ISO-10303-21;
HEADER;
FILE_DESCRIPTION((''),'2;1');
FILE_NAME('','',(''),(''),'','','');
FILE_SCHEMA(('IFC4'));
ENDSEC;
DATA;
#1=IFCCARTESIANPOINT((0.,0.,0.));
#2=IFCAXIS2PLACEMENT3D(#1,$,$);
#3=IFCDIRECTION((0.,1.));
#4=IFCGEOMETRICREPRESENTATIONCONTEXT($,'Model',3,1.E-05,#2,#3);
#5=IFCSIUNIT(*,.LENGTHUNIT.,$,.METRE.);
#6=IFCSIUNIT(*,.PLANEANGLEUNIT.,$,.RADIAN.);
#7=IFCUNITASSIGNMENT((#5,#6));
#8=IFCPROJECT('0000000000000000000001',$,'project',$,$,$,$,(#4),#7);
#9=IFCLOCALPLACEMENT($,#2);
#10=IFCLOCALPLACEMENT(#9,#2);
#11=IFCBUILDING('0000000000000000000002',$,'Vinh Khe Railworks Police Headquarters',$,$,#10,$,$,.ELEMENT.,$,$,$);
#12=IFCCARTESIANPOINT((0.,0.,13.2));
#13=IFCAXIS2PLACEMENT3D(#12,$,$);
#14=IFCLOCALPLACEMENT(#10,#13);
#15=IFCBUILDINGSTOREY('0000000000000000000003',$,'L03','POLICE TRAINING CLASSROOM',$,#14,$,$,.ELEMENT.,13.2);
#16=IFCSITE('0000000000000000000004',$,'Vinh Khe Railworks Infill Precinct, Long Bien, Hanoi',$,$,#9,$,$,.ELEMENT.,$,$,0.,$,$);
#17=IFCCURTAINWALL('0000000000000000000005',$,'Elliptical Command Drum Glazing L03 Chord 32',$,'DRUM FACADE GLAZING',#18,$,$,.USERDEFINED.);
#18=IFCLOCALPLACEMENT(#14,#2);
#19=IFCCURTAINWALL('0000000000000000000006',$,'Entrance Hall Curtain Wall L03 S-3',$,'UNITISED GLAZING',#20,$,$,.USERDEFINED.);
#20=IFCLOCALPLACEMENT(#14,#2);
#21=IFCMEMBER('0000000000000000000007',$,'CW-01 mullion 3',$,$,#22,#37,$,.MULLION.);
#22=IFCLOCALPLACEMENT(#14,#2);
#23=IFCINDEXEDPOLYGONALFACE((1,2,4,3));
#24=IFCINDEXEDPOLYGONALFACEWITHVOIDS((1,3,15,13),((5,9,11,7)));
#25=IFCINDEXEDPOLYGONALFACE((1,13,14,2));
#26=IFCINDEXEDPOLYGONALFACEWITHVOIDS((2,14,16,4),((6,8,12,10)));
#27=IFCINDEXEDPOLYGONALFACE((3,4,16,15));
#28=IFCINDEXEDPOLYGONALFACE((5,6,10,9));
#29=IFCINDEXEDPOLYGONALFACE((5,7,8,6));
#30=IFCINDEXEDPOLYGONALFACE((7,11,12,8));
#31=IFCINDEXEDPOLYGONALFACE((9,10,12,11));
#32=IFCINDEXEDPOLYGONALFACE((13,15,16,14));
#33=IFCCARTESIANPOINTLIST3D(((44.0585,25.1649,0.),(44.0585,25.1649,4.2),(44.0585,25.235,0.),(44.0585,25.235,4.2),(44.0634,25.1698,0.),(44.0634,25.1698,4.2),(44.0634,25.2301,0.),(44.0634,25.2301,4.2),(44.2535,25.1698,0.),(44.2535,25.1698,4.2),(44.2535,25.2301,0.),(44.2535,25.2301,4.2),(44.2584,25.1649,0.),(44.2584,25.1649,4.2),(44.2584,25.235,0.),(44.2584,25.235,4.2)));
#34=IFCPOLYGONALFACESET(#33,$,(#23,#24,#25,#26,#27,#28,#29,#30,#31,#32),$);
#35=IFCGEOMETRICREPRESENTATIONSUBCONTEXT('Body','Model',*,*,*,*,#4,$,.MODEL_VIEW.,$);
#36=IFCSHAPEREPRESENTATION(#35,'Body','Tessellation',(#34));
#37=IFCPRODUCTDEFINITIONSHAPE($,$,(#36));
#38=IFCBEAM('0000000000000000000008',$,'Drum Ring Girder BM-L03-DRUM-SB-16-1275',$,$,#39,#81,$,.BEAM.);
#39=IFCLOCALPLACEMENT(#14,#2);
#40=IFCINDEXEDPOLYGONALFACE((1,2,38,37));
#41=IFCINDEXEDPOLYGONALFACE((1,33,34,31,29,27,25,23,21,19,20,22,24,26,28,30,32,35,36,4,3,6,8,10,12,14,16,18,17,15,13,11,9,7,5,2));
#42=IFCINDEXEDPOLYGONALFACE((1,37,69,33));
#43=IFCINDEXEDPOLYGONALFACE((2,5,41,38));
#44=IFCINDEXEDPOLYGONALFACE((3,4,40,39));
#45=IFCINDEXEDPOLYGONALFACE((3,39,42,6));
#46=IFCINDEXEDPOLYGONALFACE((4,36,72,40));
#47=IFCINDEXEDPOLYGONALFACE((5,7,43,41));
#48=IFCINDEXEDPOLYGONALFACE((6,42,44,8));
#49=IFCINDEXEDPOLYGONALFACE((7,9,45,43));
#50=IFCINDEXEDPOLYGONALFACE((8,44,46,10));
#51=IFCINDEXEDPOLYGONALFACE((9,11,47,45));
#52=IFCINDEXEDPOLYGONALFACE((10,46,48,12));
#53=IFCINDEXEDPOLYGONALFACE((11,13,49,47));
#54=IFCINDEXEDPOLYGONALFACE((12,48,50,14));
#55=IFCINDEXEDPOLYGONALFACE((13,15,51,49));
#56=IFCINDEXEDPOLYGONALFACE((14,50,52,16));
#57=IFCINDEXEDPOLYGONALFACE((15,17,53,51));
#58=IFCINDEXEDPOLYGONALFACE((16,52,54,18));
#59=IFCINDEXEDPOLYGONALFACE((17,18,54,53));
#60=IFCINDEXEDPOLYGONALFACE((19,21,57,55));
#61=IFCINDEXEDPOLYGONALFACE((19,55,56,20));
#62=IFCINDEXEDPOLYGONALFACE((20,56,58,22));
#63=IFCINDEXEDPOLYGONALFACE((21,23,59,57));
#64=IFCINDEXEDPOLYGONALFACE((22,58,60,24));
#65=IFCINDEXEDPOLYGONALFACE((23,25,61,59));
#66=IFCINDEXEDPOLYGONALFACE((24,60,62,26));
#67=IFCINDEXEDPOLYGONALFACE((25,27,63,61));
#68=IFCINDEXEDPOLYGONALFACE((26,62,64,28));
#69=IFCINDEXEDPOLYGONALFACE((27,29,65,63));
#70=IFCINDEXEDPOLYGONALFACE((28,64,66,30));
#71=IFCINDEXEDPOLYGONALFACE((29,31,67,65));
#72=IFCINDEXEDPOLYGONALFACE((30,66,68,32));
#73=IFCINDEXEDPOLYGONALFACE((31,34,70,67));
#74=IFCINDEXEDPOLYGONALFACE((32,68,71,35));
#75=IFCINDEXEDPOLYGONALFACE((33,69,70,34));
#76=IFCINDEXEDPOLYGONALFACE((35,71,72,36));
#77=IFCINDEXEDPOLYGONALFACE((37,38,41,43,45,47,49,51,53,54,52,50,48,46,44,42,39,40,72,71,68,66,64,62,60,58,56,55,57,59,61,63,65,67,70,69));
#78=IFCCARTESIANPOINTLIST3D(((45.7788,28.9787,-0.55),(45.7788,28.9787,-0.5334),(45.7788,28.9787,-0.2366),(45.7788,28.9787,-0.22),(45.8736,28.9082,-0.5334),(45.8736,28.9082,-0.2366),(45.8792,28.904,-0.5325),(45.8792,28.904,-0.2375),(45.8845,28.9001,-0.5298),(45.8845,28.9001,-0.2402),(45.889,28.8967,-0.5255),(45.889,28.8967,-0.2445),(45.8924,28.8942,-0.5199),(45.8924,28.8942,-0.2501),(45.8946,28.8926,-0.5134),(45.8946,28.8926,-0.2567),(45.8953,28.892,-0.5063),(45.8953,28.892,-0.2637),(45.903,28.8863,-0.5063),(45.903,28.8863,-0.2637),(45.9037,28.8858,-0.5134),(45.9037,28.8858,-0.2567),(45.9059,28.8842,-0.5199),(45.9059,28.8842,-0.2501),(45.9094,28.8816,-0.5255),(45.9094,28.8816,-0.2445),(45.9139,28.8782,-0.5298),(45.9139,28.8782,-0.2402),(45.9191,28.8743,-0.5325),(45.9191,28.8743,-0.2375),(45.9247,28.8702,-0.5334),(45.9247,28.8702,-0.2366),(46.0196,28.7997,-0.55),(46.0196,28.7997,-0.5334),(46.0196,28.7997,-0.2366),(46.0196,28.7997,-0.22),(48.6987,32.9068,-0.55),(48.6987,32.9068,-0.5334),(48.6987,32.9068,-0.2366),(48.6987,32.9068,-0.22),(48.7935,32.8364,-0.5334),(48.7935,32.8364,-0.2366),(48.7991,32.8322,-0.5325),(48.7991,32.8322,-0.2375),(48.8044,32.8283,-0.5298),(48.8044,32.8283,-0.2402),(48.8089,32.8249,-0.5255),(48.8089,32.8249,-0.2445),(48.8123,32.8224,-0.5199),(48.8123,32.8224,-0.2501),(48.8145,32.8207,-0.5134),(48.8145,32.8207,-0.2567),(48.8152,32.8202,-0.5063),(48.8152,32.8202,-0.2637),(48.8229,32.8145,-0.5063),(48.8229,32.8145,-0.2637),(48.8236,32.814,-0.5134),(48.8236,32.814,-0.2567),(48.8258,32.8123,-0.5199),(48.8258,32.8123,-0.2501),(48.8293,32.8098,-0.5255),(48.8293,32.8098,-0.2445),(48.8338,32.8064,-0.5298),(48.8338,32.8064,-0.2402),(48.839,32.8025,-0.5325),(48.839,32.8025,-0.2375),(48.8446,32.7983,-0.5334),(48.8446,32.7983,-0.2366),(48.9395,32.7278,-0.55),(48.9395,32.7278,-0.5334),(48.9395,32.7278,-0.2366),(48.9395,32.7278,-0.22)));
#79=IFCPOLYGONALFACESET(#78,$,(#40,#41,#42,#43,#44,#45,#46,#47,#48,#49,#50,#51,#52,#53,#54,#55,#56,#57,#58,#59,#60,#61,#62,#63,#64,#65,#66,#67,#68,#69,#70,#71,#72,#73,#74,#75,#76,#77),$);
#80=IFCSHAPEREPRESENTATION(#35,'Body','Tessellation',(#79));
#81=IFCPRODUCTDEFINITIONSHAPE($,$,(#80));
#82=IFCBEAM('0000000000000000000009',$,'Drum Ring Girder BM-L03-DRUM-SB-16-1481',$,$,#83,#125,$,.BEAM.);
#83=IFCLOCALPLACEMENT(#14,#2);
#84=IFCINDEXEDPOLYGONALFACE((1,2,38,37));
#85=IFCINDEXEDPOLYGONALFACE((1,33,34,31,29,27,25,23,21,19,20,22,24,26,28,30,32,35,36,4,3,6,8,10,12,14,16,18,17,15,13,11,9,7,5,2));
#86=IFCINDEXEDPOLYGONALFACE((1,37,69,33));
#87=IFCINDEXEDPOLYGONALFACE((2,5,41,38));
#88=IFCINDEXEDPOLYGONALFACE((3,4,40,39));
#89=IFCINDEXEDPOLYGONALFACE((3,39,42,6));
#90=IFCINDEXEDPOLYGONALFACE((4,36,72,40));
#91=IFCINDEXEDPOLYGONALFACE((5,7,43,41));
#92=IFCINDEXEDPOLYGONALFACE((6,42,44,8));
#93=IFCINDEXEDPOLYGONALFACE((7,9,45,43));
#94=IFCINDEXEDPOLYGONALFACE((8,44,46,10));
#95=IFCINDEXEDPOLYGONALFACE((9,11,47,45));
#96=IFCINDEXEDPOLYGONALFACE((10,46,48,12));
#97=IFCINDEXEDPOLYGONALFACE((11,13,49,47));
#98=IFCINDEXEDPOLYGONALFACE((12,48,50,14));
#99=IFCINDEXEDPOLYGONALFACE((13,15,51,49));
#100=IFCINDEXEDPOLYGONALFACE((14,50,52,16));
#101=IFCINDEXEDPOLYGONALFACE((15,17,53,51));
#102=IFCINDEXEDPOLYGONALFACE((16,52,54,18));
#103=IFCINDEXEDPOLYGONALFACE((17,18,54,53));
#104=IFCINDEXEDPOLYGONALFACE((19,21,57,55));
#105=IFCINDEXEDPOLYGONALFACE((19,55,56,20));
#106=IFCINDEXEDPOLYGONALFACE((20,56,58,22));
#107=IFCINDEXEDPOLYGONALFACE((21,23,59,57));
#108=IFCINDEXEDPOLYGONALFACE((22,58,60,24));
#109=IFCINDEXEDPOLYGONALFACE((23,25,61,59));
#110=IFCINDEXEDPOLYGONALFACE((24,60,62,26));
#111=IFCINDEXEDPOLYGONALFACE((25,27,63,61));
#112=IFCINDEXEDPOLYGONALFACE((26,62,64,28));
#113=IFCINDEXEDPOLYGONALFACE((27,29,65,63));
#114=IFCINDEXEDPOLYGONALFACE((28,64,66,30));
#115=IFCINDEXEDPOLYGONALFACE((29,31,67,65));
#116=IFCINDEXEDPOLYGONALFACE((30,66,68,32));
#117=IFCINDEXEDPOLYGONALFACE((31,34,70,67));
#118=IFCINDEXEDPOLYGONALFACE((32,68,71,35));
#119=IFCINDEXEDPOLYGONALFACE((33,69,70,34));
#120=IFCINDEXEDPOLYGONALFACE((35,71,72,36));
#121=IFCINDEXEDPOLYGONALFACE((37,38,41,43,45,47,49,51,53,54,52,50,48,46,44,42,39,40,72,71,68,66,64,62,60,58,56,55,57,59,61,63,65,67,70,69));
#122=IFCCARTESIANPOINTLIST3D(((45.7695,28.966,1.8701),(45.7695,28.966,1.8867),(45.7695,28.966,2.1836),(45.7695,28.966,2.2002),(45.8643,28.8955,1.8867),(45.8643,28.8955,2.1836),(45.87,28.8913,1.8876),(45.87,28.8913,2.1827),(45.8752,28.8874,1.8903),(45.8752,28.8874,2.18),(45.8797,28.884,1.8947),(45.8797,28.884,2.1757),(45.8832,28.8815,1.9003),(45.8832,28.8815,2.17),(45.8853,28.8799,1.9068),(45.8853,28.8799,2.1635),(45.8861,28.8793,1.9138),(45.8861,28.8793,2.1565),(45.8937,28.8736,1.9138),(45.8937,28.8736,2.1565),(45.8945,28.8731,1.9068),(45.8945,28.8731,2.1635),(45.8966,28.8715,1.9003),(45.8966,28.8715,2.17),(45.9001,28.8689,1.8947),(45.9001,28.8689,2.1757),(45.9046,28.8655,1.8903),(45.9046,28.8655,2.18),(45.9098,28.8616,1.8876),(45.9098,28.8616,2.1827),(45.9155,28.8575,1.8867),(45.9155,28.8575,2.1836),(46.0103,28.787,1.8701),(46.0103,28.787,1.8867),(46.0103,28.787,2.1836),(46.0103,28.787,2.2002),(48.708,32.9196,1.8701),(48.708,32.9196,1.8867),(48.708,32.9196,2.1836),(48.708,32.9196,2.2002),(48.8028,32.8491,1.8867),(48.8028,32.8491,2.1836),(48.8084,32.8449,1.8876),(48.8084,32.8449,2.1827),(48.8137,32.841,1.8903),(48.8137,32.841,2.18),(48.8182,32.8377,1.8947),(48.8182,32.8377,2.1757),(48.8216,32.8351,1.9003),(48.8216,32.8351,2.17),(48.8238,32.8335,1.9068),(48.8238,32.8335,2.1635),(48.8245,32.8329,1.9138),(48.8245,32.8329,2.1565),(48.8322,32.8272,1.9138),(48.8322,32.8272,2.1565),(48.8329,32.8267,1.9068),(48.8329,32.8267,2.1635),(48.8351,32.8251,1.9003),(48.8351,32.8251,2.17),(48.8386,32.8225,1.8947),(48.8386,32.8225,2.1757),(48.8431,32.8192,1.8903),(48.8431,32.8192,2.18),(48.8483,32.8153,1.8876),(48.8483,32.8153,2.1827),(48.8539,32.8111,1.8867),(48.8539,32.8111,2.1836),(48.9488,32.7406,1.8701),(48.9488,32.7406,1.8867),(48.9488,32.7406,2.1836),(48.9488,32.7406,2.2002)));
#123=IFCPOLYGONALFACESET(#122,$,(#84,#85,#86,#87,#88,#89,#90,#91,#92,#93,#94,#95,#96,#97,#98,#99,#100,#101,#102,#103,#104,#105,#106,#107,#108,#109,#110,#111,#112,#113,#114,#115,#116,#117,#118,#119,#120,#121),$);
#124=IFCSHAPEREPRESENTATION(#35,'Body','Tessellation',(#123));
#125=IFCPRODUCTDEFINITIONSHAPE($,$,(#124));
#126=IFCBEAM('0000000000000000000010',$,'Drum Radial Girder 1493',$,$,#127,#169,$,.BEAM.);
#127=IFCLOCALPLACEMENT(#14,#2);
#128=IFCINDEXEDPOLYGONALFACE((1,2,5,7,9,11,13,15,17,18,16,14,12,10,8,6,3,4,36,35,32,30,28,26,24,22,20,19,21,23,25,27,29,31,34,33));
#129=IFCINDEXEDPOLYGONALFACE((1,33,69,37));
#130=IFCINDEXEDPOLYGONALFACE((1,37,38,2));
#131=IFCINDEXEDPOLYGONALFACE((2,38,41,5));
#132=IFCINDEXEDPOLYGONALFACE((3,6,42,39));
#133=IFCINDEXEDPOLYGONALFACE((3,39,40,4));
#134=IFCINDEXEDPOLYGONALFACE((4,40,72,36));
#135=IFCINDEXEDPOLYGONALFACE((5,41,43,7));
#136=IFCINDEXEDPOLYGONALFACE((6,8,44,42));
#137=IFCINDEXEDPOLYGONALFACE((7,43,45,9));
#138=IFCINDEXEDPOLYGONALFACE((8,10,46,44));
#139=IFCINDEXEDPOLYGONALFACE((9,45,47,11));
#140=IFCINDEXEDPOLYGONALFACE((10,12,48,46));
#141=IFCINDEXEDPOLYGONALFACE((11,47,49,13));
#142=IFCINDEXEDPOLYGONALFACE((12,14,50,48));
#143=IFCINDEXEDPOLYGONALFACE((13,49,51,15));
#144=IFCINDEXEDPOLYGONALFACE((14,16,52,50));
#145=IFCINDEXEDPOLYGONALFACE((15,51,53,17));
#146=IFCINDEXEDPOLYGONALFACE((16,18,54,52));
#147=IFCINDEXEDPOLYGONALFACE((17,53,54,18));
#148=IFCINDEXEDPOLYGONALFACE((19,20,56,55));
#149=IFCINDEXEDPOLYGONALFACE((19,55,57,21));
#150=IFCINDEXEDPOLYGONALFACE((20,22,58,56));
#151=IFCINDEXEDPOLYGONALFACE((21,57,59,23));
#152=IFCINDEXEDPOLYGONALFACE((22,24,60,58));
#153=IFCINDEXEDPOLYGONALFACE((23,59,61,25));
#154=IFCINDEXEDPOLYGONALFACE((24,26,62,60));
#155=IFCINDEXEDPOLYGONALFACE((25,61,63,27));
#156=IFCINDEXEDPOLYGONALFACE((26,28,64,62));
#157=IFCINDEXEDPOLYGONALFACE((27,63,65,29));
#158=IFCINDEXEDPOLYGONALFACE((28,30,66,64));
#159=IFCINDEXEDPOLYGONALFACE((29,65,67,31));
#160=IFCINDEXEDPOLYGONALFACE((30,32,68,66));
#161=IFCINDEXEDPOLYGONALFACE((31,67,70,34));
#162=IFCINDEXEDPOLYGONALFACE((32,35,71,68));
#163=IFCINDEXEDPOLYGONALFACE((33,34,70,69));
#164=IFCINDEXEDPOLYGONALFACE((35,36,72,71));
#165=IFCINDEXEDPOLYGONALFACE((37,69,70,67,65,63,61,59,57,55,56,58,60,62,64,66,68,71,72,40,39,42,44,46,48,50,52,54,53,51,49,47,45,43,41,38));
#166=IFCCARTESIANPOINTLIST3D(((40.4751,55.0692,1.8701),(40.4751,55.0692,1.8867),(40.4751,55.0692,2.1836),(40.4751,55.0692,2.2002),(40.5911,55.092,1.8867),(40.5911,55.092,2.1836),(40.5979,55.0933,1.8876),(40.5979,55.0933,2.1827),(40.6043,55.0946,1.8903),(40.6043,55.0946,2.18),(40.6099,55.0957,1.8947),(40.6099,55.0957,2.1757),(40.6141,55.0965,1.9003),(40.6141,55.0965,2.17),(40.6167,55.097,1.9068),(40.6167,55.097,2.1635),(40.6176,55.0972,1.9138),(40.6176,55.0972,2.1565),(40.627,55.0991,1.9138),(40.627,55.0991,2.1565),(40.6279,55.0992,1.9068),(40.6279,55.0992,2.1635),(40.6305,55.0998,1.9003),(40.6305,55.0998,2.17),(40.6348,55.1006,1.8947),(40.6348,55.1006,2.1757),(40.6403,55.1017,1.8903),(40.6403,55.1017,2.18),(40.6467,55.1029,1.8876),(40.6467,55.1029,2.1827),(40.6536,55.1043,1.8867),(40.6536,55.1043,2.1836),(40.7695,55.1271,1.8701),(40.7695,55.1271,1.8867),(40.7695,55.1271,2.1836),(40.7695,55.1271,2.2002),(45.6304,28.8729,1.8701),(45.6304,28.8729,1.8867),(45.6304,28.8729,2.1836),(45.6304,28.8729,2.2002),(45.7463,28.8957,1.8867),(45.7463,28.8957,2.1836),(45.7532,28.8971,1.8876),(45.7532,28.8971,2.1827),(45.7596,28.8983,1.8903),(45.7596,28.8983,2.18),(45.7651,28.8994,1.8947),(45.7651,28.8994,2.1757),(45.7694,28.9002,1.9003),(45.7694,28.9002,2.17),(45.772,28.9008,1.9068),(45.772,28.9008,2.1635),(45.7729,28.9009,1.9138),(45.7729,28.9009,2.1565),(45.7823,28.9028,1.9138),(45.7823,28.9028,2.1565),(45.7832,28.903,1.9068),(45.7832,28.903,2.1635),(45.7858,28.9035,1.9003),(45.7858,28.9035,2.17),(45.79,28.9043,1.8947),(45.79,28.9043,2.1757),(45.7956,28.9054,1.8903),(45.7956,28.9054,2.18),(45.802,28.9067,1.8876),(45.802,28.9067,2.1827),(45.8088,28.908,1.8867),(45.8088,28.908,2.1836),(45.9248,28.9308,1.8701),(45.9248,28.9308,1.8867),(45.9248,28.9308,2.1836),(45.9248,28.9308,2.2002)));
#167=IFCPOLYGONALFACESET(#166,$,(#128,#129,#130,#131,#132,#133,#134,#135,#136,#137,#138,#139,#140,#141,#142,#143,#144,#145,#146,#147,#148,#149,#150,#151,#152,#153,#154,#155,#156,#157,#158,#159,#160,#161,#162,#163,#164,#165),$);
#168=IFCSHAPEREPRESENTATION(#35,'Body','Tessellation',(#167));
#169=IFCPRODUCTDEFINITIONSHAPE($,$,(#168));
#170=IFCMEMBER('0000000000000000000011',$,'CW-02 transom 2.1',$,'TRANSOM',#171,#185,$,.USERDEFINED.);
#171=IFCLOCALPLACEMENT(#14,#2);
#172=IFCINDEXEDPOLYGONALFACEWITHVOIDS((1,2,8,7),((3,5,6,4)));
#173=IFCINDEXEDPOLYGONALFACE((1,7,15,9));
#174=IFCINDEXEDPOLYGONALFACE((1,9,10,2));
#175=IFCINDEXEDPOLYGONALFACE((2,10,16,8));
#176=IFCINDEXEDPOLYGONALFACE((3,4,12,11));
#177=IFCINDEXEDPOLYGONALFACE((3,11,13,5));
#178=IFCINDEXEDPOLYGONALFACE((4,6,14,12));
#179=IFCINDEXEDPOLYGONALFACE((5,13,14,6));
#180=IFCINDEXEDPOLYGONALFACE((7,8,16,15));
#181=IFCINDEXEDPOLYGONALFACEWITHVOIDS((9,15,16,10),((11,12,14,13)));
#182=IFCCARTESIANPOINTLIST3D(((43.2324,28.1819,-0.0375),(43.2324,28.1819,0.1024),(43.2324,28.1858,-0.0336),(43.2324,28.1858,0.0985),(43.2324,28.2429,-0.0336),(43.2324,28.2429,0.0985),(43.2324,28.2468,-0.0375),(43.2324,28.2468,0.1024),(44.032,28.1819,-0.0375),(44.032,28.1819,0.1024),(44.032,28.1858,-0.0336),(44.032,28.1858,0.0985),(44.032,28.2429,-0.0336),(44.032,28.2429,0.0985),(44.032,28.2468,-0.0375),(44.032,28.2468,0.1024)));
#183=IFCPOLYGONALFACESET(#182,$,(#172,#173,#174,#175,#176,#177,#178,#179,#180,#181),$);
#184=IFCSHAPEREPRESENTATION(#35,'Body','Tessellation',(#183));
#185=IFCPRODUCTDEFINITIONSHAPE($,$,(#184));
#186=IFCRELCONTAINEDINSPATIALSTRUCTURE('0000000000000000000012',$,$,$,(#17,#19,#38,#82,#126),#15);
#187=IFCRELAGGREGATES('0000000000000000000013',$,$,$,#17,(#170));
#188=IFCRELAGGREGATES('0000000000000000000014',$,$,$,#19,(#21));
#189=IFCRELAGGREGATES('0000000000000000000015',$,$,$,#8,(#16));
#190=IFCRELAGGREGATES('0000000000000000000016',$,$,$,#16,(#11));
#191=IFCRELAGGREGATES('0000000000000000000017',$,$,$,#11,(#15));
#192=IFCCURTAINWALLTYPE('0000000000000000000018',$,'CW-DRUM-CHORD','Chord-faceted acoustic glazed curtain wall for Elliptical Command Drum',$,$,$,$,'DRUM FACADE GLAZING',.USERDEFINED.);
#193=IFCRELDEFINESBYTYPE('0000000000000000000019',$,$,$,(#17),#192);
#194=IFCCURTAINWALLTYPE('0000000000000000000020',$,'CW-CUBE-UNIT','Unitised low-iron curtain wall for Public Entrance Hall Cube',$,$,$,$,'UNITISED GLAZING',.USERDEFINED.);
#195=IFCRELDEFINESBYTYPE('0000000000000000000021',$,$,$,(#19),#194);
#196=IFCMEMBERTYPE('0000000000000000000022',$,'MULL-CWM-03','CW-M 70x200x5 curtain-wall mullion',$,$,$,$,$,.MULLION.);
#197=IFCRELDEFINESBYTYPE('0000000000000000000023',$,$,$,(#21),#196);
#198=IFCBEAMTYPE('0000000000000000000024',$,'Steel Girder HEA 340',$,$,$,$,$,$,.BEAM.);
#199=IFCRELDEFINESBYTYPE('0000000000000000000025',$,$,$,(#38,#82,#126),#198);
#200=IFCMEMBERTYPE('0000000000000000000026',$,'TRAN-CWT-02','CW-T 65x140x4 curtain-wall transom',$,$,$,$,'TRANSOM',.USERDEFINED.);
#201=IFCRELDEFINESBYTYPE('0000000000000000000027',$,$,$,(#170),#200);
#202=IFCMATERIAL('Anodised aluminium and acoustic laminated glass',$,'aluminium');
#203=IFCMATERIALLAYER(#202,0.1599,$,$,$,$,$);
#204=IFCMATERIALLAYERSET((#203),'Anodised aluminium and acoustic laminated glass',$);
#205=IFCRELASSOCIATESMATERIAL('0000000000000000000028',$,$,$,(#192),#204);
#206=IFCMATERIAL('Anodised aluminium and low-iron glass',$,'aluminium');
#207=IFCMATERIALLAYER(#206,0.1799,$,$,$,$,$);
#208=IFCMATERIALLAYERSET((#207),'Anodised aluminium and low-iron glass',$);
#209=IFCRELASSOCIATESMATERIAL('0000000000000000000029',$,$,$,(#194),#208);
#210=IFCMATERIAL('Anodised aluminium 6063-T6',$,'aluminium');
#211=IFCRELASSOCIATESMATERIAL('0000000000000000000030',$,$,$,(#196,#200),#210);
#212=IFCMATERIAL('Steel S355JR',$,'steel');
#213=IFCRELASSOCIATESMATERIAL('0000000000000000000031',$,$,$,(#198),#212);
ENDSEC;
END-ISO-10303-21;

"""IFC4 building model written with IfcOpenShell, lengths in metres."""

from ifc_helpers import new_model, si_unit, direction, frame, origin, origin_2d, place, context, subcontext, project, spatial, hollow_rectangle, i_section, extrude, material, layer, layer_set, material_profile, profile_set, type_object, element, aggregate, save


model = new_model("IFC4")

# Units and contexts
model_context = context("Model", 3, precision=1e-05, world=origin(), true_north=direction((0.0, 1.0)))
body_context = subcontext(model_context, "Body", "Model", "MODEL_VIEW")
ifc_project = project(units=[si_unit("LENGTHUNIT", "METRE"), si_unit("PLANEANGLEUNIT", "RADIAN")], contexts=[model_context])

# Site, building, storey
site_placement = place(None, origin())
site = spatial("IfcSite", under=ifc_project, at=site_placement, Name="Vinh Khe Railworks Infill Precinct, Long Bien, Hanoi", CompositionType="ELEMENT", RefElevation=0.0)
building_placement = place(site_placement, origin())
building = spatial("IfcBuilding", under=site, at=building_placement, Name="Vinh Khe Railworks Police Headquarters", CompositionType="ELEMENT")
storey_placement = place(building_placement, frame((0.0, 0.0, 13.2)))
storey = spatial("IfcBuildingStorey", under=building, at=storey_placement, Name="L03", Description="POLICE TRAINING CLASSROOM", CompositionType="ELEMENT", Elevation=13.2)

# Shared definitions
ifc_material_1 = material(Name="Steel S355JR", Category="steel")

# Curtain wall
ifc_material_2 = material(Name="Anodised aluminium and acoustic laminated glass", Category="aluminium")
ifc_layer_1 = layer(ifc_material_2, 0.1599)
ifc_layer_set_1 = layer_set([ifc_layer_1], Name="Anodised aluminium and acoustic laminated glass")
curtain_wall_type_1 = type_object("IfcCurtainWallType", Name="CW-DRUM-CHORD", Description="Chord-faceted acoustic glazed curtain wall for Elliptical Command Drum", ElementType="DRUM FACADE GLAZING", PredefinedType="USERDEFINED", material=ifc_layer_set_1)
curtain_wall_1_placement = place(storey_placement, origin())
curtain_wall_1 = element("IfcCurtainWall", 1, at=curtain_wall_1_placement, inside=storey, type_object=curtain_wall_type_1, Name="Elliptical Command Drum Glazing L03 Chord 32", ObjectType="DRUM FACADE GLAZING", PredefinedType="USERDEFINED")
ifc_material_3 = material(Name="Anodised aluminium 6063-T6", Category="aluminium")

# Curtain wall, member
ifc_material_4 = material(Name="Anodised aluminium and low-iron glass", Category="aluminium")
ifc_layer_2 = layer(ifc_material_4, 0.1799)
ifc_layer_set_2 = layer_set([ifc_layer_2], Name="Anodised aluminium and low-iron glass")
curtain_wall_type_2 = type_object("IfcCurtainWallType", Name="CW-CUBE-UNIT", Description="Unitised low-iron curtain wall for Public Entrance Hall Cube", ElementType="UNITISED GLAZING", PredefinedType="USERDEFINED", material=ifc_layer_set_2)
curtain_wall_2_placement = place(storey_placement, origin())
curtain_wall_2 = element("IfcCurtainWall", 2, at=curtain_wall_2_placement, inside=storey, type_object=curtain_wall_type_2, Name="Entrance Hall Curtain Wall L03 S-3", ObjectType="UNITISED GLAZING", PredefinedType="USERDEFINED")
ifc_material_profile_1 = material_profile(ifc_material_3, hollow_rectangle(XDim=0.0701, YDim=0.2, WallThickness=0.0049, at=origin_2d()), Name="CW-M 70x200x5")
ifc_profile_set_1 = profile_set([ifc_material_profile_1], Name="Anodised aluminium 6063-T6")
member_type_1 = type_object("IfcMemberType", Name="MULL-CWM-03", Description="CW-M 70x200x5 curtain-wall mullion", PredefinedType="MULLION", material=ifc_profile_set_1)
member_1_placement = place(storey_placement, frame((44.1584, 25.2, 0.0), z_axis=(0.0, 0.0, 1.0), x_axis=(0.0, 1.0, 0.0)))
member_1 = element("IfcMember", 3, at=member_1_placement, type_object=member_type_1, Name="CW-01 mullion 3", PredefinedType="MULLION", context=body_context, shape_type="SweptSolid", body=[
    extrude(hollow_rectangle(XDim=0.0701, YDim=0.2, WallThickness=0.0049, at=origin_2d()), origin(), (0.0, 0.0, 1.0), 4.2),
])

# Beams
ifc_material_profile_2 = material_profile(ifc_material_1, i_section(OverallWidth=0.3, OverallDepth=0.3301, WebThickness=0.0095, FlangeThickness=0.0166, FilletRadius=0.0271, at=origin_2d()), Name="HEA 340")
ifc_profile_set_2 = profile_set([ifc_material_profile_2], Name="Steel S355JR")
beam_type = type_object("IfcBeamType", Name="Steel Girder HEA 340", PredefinedType="BEAM", material=ifc_profile_set_2)
beam_1_placement = place(storey_placement, frame((45.8992, 28.8892, -0.385), z_axis=(0.596563, 0.802566, 0.0), x_axis=(-0.802566, 0.596563, 0.0)))
element("IfcBeam", 4, at=beam_1_placement, inside=storey, type_object=beam_type, Name="Drum Ring Girder BM-L03-DRUM-SB-16-1275", PredefinedType="BEAM", context=body_context, shape_type="SweptSolid", body=[
    extrude(i_section(OverallWidth=0.3, OverallDepth=0.3301, WebThickness=0.0095, FlangeThickness=0.0166, FilletRadius=0.0271, at=origin_2d()), origin(), (0.0, 0.0, 1.0), 4.8945),
])
beam_2_placement = place(storey_placement, frame((45.8899, 28.8765, 2.0352), z_axis=(0.596521, 0.802597, 0.0), x_axis=(-0.802597, 0.596521, 0.0)))
element("IfcBeam", 5, at=beam_2_placement, inside=storey, type_object=beam_type, Name="Drum Ring Girder BM-L03-DRUM-SB-16-1481", PredefinedType="BEAM", context=body_context, shape_type="SweptSolid", body=[
    extrude(i_section(OverallWidth=0.3, OverallDepth=0.3301, WebThickness=0.0095, FlangeThickness=0.0166, FilletRadius=0.0271, at=origin_2d()), origin(), (0.0, 0.0, 1.0), 4.926),
])
beam_3_placement = place(storey_placement, frame((45.7776, 28.9019, 2.0352), z_axis=(-0.193091, 0.981181, 0.0), x_axis=(-0.981181, -0.193091, 0.0)))
element("IfcBeam", 6, at=beam_3_placement, inside=storey, type_object=beam_type, Name="Drum Radial Girder 1493", PredefinedType="BEAM", context=body_context, shape_type="SweptSolid", body=[
    extrude(i_section(OverallWidth=0.3, OverallDepth=0.3301, WebThickness=0.0095, FlangeThickness=0.0166, FilletRadius=0.0271, at=origin_2d()), origin(), (0.0, 0.0, 1.0), 26.6987),
])

# Member
ifc_material_profile_3 = material_profile(ifc_material_3, hollow_rectangle(XDim=0.0649, YDim=0.1399, WallThickness=0.0039, at=origin_2d()), Name="CW-T 65x140x4")
ifc_profile_set_3 = profile_set([ifc_material_profile_3], Name="Anodised aluminium 6063-T6")
member_type_2 = type_object("IfcMemberType", Name="TRAN-CWT-02", Description="CW-T 65x140x4 curtain-wall transom", ElementType="TRANSOM", PredefinedType="USERDEFINED", material=ifc_profile_set_3)
member_2_placement = place(storey_placement, frame((43.2324, 28.2144, 0.0325), z_axis=(1.0, 0.0, 0.0), x_axis=(0.0, 1.0, 0.0)))
member_2 = element("IfcMember", 7, at=member_2_placement, type_object=member_type_2, Name="CW-02 transom 2.1", ObjectType="TRANSOM", PredefinedType="USERDEFINED", context=body_context, shape_type="SweptSolid", body=[
    extrude(hollow_rectangle(XDim=0.0649, YDim=0.1399, WallThickness=0.0039, at=origin_2d()), origin(), (0.0, 0.0, 1.0), 0.7996),
])

aggregate(curtain_wall_1, [member_2])
aggregate(curtain_wall_2, [member_1])

save(model, "model.ifc")
